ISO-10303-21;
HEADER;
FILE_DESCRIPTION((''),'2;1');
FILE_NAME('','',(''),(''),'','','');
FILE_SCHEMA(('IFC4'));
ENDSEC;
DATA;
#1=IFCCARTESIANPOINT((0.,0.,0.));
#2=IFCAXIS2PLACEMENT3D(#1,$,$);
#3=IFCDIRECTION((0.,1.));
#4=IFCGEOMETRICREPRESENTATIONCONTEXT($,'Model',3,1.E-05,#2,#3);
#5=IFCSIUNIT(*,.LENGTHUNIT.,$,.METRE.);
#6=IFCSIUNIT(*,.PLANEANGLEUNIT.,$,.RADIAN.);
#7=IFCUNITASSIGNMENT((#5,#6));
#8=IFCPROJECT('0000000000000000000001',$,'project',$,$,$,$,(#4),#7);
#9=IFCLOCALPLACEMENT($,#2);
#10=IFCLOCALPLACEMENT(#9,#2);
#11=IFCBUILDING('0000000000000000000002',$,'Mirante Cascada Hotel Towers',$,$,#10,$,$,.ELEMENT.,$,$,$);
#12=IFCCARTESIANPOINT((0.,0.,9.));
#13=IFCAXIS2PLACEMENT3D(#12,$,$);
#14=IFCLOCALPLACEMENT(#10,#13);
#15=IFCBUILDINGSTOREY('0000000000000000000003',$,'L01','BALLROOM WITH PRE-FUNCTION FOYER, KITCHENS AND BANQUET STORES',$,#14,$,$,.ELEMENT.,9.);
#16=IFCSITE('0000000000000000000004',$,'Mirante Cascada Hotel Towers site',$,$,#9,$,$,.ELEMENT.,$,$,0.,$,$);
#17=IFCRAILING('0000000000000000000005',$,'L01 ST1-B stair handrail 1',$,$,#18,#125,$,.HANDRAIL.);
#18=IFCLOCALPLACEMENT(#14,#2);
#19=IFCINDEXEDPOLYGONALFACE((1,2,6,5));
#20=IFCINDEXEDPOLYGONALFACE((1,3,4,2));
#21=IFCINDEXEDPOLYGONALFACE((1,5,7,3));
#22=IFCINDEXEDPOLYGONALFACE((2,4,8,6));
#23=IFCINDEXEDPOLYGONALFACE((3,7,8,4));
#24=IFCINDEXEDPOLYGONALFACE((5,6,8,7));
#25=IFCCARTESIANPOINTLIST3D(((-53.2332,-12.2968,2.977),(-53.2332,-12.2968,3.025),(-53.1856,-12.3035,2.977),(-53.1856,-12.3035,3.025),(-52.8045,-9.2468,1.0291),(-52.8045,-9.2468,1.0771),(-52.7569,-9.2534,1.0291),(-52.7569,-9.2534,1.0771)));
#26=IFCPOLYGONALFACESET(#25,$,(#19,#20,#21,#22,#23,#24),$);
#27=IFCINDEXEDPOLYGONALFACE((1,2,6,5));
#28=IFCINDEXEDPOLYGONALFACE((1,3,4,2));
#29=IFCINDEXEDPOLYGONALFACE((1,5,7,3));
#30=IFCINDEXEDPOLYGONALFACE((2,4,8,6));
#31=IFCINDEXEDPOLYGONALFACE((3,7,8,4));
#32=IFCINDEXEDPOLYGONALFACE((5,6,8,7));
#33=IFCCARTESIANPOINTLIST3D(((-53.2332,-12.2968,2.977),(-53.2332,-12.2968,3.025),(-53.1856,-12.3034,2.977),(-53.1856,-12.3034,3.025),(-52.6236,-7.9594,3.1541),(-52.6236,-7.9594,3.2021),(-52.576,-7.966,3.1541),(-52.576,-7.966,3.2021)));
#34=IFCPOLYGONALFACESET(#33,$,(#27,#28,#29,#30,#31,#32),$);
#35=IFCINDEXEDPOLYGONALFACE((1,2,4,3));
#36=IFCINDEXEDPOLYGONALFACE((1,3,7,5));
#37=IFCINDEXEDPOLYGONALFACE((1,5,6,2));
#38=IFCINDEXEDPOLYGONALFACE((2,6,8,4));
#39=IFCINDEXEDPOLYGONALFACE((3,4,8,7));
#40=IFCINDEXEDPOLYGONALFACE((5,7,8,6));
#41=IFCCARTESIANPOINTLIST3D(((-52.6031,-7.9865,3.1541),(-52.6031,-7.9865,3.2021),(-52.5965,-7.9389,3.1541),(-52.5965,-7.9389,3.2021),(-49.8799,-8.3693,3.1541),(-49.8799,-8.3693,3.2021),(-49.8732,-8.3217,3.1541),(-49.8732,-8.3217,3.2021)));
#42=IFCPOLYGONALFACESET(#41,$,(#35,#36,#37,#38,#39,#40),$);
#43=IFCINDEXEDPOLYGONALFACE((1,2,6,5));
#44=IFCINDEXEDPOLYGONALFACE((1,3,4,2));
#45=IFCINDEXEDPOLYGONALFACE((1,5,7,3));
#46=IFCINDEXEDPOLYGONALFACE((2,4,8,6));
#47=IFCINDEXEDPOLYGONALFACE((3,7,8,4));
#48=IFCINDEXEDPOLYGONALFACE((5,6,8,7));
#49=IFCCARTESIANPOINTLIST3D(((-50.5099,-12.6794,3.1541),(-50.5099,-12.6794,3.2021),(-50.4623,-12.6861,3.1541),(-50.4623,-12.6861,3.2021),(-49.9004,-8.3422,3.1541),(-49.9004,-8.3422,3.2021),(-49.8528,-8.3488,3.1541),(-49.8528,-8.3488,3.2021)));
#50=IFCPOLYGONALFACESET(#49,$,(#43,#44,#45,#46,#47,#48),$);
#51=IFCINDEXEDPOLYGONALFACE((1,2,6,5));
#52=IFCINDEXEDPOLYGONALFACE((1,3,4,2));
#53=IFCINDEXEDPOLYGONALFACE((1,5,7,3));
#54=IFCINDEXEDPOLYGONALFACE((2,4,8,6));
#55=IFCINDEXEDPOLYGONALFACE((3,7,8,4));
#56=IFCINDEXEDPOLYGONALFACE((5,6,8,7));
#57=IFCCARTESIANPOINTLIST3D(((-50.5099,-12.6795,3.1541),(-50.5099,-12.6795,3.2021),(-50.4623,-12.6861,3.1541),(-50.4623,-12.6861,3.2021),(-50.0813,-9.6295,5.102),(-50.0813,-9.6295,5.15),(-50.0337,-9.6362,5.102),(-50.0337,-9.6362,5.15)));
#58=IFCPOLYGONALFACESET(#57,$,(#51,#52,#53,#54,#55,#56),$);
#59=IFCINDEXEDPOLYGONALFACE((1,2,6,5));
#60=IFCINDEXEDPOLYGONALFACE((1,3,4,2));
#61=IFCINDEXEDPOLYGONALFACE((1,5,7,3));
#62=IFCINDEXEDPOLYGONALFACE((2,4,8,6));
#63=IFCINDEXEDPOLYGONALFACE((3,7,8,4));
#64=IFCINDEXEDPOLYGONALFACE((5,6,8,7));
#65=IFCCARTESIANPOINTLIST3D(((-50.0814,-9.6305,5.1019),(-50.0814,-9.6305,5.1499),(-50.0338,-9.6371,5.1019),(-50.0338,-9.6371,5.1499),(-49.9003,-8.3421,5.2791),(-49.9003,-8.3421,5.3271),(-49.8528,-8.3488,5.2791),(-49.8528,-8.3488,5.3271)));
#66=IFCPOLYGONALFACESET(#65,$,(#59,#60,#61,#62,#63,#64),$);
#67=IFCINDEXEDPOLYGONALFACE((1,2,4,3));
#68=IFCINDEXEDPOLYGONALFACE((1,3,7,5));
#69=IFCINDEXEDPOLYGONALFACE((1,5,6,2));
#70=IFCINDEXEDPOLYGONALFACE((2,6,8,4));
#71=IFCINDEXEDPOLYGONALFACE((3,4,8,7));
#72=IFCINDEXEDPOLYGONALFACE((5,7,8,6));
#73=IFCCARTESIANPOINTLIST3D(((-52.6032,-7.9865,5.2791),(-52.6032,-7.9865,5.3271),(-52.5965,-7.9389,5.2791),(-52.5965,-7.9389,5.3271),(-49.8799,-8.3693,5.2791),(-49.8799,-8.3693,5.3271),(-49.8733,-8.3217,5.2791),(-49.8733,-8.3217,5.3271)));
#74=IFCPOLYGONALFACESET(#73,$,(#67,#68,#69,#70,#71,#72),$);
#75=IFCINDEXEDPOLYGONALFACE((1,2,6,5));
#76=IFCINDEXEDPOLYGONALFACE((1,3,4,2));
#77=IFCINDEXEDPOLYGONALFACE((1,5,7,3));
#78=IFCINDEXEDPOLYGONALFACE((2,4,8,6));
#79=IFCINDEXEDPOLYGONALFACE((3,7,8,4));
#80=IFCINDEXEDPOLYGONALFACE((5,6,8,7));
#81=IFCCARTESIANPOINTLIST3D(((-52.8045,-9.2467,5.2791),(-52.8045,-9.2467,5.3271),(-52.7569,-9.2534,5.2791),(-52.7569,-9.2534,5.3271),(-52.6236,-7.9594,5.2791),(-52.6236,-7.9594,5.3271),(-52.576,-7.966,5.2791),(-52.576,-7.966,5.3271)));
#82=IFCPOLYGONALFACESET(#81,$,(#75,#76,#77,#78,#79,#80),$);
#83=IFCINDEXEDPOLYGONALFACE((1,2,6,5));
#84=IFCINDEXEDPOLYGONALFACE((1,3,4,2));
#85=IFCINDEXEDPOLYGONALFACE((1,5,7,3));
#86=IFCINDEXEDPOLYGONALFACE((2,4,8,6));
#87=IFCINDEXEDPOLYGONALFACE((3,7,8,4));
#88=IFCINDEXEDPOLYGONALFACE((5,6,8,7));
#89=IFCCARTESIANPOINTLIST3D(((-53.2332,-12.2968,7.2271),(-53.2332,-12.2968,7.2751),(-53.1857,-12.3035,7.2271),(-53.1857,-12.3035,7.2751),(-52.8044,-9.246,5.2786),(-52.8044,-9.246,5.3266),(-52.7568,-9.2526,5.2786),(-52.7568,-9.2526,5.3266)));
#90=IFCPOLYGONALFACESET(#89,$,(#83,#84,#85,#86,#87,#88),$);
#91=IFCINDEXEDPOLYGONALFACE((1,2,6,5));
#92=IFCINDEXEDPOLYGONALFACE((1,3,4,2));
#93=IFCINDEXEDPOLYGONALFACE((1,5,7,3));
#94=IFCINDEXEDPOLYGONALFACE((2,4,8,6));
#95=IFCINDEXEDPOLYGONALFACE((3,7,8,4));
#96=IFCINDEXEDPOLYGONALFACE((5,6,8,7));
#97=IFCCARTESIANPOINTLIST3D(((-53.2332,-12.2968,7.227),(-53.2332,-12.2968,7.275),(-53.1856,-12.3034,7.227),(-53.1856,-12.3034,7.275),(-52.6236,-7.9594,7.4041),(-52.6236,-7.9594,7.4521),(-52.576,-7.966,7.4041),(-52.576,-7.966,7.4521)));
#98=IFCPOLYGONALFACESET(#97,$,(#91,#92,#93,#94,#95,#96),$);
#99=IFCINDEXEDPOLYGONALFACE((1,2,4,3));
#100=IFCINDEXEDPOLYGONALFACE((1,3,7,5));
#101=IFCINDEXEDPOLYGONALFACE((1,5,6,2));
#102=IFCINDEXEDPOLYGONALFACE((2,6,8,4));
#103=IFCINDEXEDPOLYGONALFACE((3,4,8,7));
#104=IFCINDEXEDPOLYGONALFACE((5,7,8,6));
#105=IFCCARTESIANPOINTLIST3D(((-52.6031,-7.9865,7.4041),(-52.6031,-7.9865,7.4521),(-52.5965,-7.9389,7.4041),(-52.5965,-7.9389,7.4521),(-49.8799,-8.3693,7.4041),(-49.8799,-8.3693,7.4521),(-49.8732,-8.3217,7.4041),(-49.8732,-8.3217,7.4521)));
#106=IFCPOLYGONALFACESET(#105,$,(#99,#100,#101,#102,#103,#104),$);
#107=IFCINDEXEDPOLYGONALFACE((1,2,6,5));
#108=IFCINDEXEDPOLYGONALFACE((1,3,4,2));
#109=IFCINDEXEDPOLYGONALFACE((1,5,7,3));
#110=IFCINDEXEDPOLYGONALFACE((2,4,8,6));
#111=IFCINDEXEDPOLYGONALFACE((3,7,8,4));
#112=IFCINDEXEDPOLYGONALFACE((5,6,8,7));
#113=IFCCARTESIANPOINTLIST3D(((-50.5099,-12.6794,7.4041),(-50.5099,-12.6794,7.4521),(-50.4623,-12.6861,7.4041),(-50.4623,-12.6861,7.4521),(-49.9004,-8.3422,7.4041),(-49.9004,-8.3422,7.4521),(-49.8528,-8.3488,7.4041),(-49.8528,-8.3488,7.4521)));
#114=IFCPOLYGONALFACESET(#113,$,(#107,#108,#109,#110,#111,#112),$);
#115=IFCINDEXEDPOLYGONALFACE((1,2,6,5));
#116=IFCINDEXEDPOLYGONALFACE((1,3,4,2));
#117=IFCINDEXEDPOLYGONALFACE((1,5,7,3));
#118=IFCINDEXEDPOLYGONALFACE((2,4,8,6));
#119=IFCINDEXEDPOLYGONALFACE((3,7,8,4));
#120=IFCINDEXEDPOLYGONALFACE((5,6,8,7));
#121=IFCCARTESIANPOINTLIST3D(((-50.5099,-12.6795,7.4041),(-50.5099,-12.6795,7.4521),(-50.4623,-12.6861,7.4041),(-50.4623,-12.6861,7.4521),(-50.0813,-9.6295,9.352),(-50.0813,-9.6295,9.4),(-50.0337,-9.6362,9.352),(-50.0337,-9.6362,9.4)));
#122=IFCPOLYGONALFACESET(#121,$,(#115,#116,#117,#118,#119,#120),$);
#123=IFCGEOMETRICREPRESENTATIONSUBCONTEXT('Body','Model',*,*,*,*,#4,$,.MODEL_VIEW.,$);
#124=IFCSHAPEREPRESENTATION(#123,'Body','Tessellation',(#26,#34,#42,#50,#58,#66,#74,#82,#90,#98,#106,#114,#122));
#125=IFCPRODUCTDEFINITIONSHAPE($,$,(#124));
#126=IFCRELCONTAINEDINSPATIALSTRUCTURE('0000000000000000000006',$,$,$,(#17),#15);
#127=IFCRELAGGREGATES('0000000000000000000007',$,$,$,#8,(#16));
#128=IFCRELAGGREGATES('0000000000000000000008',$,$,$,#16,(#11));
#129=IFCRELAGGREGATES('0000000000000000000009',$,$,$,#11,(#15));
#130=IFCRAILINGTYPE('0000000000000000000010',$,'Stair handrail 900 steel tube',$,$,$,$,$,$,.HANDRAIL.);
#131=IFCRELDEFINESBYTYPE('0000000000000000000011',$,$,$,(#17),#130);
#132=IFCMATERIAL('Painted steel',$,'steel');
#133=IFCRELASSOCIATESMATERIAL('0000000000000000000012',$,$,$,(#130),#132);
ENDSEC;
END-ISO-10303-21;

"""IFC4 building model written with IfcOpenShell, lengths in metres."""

from ifc_helpers import new_model, si_unit, direction, frame, origin, origin_2d, place, context, subcontext, project, spatial, rectangle, extrude, material, type_object, element, save


model = new_model("IFC4")

# Units and contexts
model_context = context("Model", 3, precision=1e-05, world=origin(), true_north=direction((0.0, 1.0)))
body_context = subcontext(model_context, "Body", "Model", "MODEL_VIEW")
ifc_project = project(units=[si_unit("LENGTHUNIT", "METRE"), si_unit("PLANEANGLEUNIT", "RADIAN")], contexts=[model_context])

# Site, building, storey
site_placement = place(None, origin())
site = spatial("IfcSite", under=ifc_project, at=site_placement, Name="Mirante Cascada Hotel Towers site", CompositionType="ELEMENT", RefElevation=0.0)
building_placement = place(site_placement, origin())
building = spatial("IfcBuilding", under=site, at=building_placement, Name="Mirante Cascada Hotel Towers", CompositionType="ELEMENT")
storey_placement = place(building_placement, frame((0.0, 0.0, 9.0)))
storey = spatial("IfcBuildingStorey", under=building, at=storey_placement, Name="L01", Description="BALLROOM WITH PRE-FUNCTION FOYER, KITCHENS AND BANQUET STORES", CompositionType="ELEMENT", Elevation=9.0)

# Railing
ifc_material_1 = material(Name="Painted steel", Category="steel")
railing_type_1 = type_object("IfcRailingType", Name="Stair handrail 900 steel tube", PredefinedType="HANDRAIL", material=ifc_material_1)
railing_1_placement = place(storey_placement, frame((-52.7807, -9.2501, 0.1771)))
element("IfcRailing", 1, at=railing_1_placement, inside=storey, type_object=railing_type_1, Name="L01 ST1-B stair handrail 1", PredefinedType="HANDRAIL", context=body_context, shape_type="SweptSolid", body=[
    extrude(rectangle(XDim=0.048, YDim=0.048, at=origin_2d()), frame((0.0, 0.0, 0.876), z_axis=(-0.139189, -0.990266, 0.0), x_axis=(0.990266, -0.139189, 0.0)), (0.0, 0.534512, 0.845161), 3.6443),
    extrude(rectangle(XDim=0.048, YDim=0.048, at=origin_2d()), frame((-0.4287, -3.05, 2.8239), z_axis=(0.139177, 0.990267, 0.0), x_axis=(-0.990267, 0.139177, 0.0)), (0.0, 0.0404, 0.999184), 4.3836),
    extrude(rectangle(XDim=0.048, YDim=0.048, at=origin_2d()), frame((0.1809, 1.2874, 3.001), z_axis=(0.990264, -0.139201, 0.0), x_axis=(0.139201, 0.990264, 0.0)), (0.0, 0.0, 1.0), 2.75),
    extrude(rectangle(XDim=0.048, YDim=0.048, at=origin_2d()), frame((2.9041, 0.9046, 3.001), z_axis=(-0.139158, -0.99027, 0.0), x_axis=(0.99027, -0.139158, 0.0)), (0.0, 0.0, 1.0), 4.3799),
    extrude(rectangle(XDim=0.048, YDim=0.048, at=origin_2d()), frame((2.2946, -3.4327, 3.001), z_axis=(0.139157, 0.99027, 0.0), x_axis=(-0.99027, 0.139157, 0.0)), (0.0, 0.534514, 0.845159), 3.6442),
    extrude(rectangle(XDim=0.048, YDim=0.048, at=origin_2d()), frame((2.7231, -0.3837, 4.9488), z_axis=(0.139159, 0.99027, 0.0), x_axis=(-0.99027, 0.139159, 0.0)), (0.0, 0.134989, 0.990847), 1.313),
    extrude(rectangle(XDim=0.048, YDim=0.048, at=origin_2d()), frame((2.9041, 0.9046, 5.126), z_axis=(-0.990264, 0.139201, 0.0), x_axis=(-0.139201, -0.990264, 0.0)), (0.0, 0.0, 1.0), 2.75),
    extrude(rectangle(XDim=0.048, YDim=0.048, at=origin_2d()), frame((0.1809, 1.2874, 5.126), z_axis=(-0.139149, -0.990271, 0.0), x_axis=(0.990271, -0.139149, 0.0)), (0.0, 0.0, 1.0), 1.3),
    extrude(rectangle(XDim=0.048, YDim=0.048, at=origin_2d()), frame((0.0001, 0.0008, 5.1255), z_axis=(-0.139189, -0.990266, 0.0), x_axis=(0.990266, -0.139189, 0.0)), (0.0, 0.534512, 0.845161), 3.6453),
    extrude(rectangle(XDim=0.048, YDim=0.048, at=origin_2d()), frame((-0.4287, -3.05, 7.0739), z_axis=(0.139177, 0.990267, 0.0), x_axis=(-0.990267, 0.139177, 0.0)), (0.0, 0.0404, 0.999184), 4.3836),
    extrude(rectangle(XDim=0.048, YDim=0.048, at=origin_2d()), frame((0.1809, 1.2874, 7.251), z_axis=(0.990264, -0.139201, 0.0), x_axis=(0.139201, 0.990264, 0.0)), (0.0, 0.0, 1.0), 2.75),
    extrude(rectangle(XDim=0.048, YDim=0.048, at=origin_2d()), frame((2.9041, 0.9046, 7.251), z_axis=(-0.139158, -0.99027, 0.0), x_axis=(0.99027, -0.139158, 0.0)), (0.0, 0.0, 1.0), 4.3799),
    extrude(rectangle(XDim=0.048, YDim=0.048, at=origin_2d()), frame((2.2946, -3.4327, 7.251), z_axis=(0.139157, 0.99027, 0.0), x_axis=(-0.99027, 0.139157, 0.0)), (0.0, 0.534514, 0.845159), 3.6442),
])

save(model, "model.ifc")
